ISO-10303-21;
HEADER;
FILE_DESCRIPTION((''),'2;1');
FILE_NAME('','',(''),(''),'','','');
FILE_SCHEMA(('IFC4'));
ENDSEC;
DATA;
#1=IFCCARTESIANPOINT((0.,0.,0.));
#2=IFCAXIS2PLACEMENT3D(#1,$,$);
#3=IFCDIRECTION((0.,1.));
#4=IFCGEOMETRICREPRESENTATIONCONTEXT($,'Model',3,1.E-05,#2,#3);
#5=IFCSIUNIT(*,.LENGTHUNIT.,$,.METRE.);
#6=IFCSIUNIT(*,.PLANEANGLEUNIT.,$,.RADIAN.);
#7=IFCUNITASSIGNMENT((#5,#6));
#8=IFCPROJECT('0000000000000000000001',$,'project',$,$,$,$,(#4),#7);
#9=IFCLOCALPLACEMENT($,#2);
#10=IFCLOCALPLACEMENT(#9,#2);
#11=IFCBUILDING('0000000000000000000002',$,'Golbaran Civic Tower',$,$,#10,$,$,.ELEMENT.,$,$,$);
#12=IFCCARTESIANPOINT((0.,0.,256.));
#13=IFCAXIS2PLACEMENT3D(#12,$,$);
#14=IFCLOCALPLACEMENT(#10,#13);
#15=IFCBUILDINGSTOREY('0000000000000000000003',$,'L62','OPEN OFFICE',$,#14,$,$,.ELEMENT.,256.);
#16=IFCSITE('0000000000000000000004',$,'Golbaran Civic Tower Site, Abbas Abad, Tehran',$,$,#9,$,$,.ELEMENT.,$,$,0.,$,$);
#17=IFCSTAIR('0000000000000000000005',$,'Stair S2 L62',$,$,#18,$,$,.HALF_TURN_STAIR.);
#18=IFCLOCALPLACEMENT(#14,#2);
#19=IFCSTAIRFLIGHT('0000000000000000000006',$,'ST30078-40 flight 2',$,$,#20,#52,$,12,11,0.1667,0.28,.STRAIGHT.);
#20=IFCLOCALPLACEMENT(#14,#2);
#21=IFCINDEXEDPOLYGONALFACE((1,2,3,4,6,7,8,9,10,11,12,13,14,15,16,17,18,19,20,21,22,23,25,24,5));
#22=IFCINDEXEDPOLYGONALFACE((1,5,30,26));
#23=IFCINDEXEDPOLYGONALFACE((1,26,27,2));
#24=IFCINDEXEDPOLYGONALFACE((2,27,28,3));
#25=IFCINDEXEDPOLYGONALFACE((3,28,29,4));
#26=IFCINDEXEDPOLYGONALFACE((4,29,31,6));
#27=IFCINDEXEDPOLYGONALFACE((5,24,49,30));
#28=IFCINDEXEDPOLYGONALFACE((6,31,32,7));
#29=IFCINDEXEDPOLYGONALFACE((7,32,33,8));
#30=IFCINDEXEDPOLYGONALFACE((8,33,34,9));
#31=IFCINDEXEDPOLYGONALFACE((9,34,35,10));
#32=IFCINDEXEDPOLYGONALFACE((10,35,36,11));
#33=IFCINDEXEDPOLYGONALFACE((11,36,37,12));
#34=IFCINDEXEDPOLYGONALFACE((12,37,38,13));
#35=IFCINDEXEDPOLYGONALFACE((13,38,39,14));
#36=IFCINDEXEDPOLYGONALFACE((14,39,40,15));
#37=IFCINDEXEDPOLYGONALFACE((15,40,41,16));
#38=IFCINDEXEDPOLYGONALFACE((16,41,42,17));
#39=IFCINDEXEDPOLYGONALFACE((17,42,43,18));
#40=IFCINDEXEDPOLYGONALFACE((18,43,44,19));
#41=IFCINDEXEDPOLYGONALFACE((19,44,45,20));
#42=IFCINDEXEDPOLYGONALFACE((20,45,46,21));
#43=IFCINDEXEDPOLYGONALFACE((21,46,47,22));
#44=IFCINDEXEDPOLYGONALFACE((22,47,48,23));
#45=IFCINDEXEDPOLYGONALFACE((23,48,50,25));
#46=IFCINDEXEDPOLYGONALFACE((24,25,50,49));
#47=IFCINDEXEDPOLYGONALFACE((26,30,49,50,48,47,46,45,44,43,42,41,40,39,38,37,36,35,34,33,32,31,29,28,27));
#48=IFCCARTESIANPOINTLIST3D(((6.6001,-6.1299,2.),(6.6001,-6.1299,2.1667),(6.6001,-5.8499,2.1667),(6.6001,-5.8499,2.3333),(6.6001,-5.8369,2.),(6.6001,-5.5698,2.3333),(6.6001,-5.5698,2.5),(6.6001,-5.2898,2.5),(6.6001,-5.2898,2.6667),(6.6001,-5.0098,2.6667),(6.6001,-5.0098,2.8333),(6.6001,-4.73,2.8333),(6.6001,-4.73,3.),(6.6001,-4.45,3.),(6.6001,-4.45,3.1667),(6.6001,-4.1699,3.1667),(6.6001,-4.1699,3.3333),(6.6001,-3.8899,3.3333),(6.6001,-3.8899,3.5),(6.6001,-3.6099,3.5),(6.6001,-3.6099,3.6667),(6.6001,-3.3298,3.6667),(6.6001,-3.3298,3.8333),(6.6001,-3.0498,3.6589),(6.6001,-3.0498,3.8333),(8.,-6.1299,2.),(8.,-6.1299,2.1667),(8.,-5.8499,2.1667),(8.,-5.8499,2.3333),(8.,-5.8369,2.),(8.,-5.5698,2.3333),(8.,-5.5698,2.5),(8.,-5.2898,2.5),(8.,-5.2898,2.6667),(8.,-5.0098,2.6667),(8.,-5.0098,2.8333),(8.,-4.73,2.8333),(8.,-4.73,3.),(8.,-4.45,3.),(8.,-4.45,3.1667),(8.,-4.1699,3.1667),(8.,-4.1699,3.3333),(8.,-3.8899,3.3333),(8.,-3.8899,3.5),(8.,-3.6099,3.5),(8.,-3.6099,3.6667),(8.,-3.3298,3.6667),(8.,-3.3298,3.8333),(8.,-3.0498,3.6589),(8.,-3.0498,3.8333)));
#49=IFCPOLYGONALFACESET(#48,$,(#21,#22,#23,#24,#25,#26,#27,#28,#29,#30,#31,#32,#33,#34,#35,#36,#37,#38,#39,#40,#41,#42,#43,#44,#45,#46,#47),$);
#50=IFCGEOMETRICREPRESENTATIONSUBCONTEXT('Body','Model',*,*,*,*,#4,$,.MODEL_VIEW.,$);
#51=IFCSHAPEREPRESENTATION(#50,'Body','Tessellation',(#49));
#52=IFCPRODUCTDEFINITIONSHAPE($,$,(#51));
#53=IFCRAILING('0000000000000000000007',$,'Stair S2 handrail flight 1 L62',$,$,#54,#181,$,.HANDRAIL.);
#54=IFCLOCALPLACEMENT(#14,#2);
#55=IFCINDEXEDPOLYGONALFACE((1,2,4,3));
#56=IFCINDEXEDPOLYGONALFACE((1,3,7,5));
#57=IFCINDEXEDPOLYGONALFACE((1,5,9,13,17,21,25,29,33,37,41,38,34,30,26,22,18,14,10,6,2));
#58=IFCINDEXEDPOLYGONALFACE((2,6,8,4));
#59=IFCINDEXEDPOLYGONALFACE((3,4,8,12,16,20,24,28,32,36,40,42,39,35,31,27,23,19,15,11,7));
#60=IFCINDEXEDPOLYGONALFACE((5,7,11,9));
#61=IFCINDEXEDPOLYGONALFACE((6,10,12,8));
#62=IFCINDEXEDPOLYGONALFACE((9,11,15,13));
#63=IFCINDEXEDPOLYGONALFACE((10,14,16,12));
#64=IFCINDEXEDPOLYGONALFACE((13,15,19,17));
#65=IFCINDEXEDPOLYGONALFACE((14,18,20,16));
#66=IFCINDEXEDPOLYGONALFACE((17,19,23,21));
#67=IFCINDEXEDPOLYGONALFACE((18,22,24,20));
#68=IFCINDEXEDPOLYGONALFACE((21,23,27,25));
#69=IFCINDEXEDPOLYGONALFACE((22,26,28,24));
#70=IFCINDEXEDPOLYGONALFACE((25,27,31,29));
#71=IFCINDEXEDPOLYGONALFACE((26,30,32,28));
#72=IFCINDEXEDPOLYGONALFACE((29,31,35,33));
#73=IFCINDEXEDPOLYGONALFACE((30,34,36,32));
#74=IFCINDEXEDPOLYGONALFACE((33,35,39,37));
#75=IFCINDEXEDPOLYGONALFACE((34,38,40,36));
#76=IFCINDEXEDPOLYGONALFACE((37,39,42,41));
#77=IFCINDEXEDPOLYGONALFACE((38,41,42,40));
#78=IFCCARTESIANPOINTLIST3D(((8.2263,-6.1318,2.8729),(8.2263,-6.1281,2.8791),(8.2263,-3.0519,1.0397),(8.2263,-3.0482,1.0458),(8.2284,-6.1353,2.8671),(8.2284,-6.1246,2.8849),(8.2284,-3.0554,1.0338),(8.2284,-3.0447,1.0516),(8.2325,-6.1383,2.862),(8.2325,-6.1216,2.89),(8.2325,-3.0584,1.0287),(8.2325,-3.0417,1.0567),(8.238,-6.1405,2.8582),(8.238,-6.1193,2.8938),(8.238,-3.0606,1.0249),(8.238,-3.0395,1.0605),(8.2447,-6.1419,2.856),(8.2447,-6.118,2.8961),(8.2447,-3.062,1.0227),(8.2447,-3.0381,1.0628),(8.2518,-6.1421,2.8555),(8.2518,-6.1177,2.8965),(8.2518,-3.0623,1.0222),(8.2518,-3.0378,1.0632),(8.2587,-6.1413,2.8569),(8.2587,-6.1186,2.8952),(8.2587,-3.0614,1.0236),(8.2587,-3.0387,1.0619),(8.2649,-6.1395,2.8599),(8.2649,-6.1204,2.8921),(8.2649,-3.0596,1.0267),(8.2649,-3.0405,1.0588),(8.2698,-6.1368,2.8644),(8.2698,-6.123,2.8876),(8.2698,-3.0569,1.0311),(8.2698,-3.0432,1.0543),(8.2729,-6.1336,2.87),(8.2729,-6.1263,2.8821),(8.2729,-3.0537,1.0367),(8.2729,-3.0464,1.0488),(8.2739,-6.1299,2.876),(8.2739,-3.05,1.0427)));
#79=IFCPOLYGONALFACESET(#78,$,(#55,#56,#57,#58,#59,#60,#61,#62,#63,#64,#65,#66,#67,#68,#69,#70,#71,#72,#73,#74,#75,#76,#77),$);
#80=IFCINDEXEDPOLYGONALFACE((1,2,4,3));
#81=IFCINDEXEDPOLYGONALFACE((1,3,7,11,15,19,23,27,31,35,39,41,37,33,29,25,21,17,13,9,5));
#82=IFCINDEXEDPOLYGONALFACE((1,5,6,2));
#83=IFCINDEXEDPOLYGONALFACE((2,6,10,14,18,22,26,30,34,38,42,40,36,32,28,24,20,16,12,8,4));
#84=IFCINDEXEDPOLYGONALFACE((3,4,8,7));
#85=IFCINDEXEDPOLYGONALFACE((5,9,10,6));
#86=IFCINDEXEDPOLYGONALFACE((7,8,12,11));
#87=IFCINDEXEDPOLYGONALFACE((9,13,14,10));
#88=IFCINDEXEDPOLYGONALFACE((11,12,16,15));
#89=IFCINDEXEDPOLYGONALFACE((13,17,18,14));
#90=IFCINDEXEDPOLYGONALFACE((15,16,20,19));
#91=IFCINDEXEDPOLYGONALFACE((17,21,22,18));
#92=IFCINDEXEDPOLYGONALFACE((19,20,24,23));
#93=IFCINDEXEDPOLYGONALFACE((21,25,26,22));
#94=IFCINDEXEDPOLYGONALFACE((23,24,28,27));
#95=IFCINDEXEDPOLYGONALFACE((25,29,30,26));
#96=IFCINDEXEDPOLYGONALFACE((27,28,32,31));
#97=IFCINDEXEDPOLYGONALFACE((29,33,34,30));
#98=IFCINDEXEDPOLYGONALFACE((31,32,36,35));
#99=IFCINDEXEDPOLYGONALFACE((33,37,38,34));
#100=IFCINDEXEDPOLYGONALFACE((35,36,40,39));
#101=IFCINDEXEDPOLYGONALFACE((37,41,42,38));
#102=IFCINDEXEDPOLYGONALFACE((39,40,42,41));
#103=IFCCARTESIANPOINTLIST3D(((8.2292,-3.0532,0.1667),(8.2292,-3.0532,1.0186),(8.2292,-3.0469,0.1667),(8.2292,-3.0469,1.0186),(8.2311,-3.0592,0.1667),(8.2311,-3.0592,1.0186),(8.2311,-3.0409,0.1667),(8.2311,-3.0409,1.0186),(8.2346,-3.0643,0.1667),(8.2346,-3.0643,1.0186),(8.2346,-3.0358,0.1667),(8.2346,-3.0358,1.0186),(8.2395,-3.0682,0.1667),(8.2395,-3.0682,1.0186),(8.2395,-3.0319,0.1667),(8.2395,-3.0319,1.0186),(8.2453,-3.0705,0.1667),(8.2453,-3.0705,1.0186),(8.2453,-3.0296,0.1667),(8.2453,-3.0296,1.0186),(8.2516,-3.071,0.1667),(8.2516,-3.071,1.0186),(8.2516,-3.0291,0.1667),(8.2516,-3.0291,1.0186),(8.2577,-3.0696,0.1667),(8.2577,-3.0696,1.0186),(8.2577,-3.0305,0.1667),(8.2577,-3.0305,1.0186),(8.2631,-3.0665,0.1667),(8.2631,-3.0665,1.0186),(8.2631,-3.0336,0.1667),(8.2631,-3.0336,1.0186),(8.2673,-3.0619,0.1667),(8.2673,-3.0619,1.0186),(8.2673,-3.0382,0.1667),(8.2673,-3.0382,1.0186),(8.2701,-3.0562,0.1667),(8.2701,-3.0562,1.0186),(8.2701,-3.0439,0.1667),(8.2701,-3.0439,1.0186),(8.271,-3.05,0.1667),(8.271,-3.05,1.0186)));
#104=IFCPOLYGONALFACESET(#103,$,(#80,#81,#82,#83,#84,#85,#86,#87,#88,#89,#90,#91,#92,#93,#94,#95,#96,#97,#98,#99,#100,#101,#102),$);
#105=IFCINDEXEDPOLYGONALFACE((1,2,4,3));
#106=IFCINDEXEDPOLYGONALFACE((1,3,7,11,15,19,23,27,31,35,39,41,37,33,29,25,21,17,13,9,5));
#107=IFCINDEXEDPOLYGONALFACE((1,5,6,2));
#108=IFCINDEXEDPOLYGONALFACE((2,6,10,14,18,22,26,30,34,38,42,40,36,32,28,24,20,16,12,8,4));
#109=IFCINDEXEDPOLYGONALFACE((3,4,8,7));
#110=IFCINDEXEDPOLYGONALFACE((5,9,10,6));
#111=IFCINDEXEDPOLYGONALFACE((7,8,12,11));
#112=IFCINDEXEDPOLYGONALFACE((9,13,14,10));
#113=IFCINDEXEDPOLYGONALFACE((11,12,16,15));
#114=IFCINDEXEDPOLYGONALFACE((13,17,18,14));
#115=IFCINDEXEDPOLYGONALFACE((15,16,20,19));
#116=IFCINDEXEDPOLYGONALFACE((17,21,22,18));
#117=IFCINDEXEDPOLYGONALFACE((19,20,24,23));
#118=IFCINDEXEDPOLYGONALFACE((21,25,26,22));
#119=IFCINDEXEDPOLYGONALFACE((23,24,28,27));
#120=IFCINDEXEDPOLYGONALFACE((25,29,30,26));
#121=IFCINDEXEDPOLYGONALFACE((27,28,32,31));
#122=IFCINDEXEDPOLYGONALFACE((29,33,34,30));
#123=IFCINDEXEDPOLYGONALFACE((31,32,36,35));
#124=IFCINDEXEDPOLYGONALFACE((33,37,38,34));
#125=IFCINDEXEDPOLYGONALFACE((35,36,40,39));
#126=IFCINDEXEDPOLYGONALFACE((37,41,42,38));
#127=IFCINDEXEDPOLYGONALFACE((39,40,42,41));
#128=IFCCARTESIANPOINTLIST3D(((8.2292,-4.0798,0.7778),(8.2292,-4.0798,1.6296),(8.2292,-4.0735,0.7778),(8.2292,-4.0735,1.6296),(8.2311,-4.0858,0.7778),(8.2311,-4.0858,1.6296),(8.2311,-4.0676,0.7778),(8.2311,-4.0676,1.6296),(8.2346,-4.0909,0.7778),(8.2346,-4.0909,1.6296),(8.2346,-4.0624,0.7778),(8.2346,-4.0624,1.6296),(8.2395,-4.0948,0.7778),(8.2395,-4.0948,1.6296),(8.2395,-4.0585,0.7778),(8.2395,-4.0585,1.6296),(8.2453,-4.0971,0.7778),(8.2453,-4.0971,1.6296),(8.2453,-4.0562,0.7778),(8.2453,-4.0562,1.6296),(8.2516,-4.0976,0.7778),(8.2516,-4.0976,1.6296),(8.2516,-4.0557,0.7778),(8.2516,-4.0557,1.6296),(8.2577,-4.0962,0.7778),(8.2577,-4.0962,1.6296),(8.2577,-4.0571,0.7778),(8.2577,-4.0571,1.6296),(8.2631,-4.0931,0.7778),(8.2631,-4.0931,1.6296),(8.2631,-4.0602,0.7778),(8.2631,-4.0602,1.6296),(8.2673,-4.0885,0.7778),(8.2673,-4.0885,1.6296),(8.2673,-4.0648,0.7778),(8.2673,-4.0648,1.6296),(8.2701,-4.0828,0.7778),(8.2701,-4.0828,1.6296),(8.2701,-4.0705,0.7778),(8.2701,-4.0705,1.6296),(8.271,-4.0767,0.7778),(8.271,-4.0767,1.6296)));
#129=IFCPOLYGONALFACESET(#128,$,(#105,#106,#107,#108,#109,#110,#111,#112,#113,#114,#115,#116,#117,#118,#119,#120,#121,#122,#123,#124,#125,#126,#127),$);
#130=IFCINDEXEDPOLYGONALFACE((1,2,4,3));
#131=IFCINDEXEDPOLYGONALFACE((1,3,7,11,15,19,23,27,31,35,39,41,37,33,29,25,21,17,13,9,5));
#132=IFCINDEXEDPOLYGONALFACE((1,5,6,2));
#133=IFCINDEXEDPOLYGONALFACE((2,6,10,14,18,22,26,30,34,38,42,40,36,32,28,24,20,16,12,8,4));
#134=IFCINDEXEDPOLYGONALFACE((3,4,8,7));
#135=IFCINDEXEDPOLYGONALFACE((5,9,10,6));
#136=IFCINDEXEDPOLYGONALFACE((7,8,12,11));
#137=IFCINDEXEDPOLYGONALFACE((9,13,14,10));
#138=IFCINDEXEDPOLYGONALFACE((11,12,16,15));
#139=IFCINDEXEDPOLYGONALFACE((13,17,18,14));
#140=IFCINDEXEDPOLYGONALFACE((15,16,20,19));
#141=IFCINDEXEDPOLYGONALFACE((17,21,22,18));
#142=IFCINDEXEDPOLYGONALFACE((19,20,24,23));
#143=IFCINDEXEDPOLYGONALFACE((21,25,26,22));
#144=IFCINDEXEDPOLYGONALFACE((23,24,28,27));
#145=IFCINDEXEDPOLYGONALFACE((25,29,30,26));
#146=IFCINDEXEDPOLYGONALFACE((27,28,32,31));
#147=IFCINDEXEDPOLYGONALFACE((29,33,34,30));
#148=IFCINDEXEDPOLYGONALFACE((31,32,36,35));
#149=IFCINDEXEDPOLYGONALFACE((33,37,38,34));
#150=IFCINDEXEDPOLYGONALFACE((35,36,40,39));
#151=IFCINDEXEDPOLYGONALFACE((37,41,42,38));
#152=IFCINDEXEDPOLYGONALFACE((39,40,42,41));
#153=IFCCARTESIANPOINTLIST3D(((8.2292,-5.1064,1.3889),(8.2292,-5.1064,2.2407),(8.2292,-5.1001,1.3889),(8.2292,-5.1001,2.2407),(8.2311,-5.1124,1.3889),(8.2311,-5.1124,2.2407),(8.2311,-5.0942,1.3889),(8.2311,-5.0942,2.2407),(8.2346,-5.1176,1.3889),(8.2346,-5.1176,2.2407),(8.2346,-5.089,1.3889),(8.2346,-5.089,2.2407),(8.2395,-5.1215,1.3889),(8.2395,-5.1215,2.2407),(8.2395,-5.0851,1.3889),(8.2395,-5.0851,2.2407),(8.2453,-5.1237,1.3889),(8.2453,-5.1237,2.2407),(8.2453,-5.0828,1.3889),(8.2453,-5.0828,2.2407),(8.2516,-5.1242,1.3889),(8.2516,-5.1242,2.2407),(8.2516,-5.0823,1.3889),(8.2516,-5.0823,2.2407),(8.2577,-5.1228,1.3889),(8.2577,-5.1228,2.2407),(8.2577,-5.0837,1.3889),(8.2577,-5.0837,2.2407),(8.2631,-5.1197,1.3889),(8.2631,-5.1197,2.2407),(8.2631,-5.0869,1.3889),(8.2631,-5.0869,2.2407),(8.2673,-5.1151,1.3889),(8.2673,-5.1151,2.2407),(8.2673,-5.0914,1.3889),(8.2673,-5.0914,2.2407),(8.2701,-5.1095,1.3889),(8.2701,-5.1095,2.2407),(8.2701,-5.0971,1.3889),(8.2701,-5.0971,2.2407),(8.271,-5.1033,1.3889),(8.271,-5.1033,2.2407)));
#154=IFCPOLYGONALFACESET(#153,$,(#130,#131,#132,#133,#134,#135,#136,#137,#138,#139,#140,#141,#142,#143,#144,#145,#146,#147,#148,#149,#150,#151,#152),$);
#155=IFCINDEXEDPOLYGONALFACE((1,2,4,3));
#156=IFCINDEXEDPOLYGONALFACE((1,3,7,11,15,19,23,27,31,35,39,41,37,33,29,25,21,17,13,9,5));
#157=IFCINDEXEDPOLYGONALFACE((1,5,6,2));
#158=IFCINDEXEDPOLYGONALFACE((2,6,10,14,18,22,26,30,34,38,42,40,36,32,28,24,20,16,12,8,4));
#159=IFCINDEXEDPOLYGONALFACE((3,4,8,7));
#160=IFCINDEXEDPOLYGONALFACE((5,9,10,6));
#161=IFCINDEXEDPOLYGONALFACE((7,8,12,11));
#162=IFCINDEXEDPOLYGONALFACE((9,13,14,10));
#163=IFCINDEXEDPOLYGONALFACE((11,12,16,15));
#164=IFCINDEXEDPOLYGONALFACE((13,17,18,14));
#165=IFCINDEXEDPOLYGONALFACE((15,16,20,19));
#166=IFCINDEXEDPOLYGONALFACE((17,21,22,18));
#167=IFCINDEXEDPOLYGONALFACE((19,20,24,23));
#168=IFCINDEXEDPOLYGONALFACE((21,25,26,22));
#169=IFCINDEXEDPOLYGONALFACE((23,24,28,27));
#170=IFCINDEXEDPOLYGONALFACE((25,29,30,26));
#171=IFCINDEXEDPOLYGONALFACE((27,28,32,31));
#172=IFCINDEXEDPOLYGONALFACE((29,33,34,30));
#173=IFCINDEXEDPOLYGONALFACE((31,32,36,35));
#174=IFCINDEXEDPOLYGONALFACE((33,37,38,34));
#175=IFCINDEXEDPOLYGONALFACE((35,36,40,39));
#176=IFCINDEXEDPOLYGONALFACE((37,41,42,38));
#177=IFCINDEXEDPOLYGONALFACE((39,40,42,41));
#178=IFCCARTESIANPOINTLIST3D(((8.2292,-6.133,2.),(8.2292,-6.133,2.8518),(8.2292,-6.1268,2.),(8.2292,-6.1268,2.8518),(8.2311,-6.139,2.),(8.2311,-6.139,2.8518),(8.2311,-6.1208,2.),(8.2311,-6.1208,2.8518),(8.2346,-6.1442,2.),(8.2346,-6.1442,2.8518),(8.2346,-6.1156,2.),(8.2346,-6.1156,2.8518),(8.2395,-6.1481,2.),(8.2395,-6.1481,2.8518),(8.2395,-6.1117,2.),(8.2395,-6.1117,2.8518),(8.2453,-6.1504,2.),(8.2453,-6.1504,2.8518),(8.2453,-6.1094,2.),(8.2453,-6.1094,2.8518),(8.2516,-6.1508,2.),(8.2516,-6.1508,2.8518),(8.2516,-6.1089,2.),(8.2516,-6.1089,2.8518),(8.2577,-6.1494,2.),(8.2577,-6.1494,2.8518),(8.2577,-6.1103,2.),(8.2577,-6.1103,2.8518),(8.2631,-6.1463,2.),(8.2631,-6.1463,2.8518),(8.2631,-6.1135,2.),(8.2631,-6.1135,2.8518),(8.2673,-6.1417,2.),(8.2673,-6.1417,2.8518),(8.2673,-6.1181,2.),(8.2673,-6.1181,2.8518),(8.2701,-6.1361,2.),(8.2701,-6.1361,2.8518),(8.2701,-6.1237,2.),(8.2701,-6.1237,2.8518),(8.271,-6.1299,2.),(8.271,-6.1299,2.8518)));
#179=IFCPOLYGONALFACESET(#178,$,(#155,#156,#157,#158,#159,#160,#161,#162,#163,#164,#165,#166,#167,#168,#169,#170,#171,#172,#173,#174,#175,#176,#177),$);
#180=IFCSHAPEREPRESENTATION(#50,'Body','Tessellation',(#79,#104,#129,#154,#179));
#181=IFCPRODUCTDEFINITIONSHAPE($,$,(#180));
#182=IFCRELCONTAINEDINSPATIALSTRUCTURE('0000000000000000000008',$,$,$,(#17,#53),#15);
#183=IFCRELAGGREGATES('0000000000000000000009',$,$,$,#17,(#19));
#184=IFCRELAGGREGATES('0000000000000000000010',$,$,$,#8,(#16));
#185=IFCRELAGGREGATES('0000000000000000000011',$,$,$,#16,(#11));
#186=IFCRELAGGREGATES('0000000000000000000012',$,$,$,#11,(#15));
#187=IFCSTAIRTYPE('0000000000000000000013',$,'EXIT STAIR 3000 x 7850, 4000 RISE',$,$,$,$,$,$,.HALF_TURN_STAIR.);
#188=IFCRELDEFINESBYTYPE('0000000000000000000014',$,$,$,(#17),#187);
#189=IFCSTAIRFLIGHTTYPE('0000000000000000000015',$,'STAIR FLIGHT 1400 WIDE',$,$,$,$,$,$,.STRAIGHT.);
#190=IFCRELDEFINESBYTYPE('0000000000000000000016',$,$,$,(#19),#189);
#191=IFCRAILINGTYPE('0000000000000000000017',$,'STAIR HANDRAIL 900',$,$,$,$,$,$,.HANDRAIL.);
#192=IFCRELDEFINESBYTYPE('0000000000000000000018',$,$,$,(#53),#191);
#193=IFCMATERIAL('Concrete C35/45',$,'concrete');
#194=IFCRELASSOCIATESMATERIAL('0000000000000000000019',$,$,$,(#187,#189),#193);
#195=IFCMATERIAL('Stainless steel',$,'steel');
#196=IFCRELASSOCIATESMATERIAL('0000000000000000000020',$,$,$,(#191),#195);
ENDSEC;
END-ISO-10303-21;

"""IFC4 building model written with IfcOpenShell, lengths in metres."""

from ifc_helpers import new_model, si_unit, direction, frame, origin, origin_2d, place, context, subcontext, project, spatial, polyline, circle, outline, extrude, material, type_object, element, aggregate, save


model = new_model("IFC4")

# Units and contexts
model_context = context("Model", 3, precision=1e-05, world=origin(), true_north=direction((0.0, 1.0)))
body_context = subcontext(model_context, "Body", "Model", "MODEL_VIEW")
ifc_project = project(units=[si_unit("LENGTHUNIT", "METRE"), si_unit("PLANEANGLEUNIT", "RADIAN")], contexts=[model_context])

# Site, building, storey
site_placement = place(None, origin())
site = spatial("IfcSite", under=ifc_project, at=site_placement, Name="Golbaran Civic Tower Site, Abbas Abad, Tehran", CompositionType="ELEMENT", RefElevation=0.0)
building_placement = place(site_placement, origin())
building = spatial("IfcBuilding", under=site, at=building_placement, Name="Golbaran Civic Tower", CompositionType="ELEMENT")
storey_placement = place(building_placement, frame((0.0, 0.0, 256.0)))
storey = spatial("IfcBuildingStorey", under=building, at=storey_placement, Name="L62", Description="OPEN OFFICE", CompositionType="ELEMENT", Elevation=256.0)

# Shared definitions
ifc_material_1 = material(Name="Concrete C35/45", Category="concrete")

# Shared definitions
stair_type = type_object("IfcStairType", Name="EXIT STAIR 3000 x 7850, 4000 RISE", PredefinedType="HALF_TURN_STAIR", material=ifc_material_1)

# Shared definitions
ifc_material_2 = material(Name="Stainless steel", Category="steel")

# Stair, stair flight
stair_1_placement = place(storey_placement, origin())
stair_1 = element("IfcStair", 1, at=stair_1_placement, inside=storey, type_object=stair_type, Name="Stair S2 L62", PredefinedType="HALF_TURN_STAIR")
stair_flight_type = type_object("IfcStairFlightType", Name="STAIR FLIGHT 1400 WIDE", PredefinedType="STRAIGHT", material=ifc_material_1)
stair_flight_1_placement = place(storey_placement, frame((7.3, -6.1299, 2.0), z_axis=(0.0, 0.0, 1.0), x_axis=(0.0, 1.0, 0.0)))
stair_flight_1 = element("IfcStairFlight", 2, at=stair_flight_1_placement, type_object=stair_flight_type, Name="ST30078-40 flight 2", NumberOfRisers=12, NumberOfTreads=11, PredefinedType="STRAIGHT", RiserHeight=0.1667, TreadLength=0.28, context=body_context, shape_type="SweptSolid", body=[
    extrude(outline(polyline([(0.0, 0.0), (0.0, 0.1667), (0.28, 0.1667), (0.28, 0.3333), (0.5601, 0.3333), (0.5601, 0.5), (0.8401, 0.5), (0.8401, 0.6667), (1.1201, 0.6667), (1.1201, 0.8333), (1.3999, 0.8333), (1.3999, 1.0), (1.6799, 1.0), (1.6799, 1.1667), (1.96, 1.1667), (1.96, 1.3333), (2.24, 1.3333), (2.24, 1.5), (2.52, 1.5), (2.52, 1.6667), (2.8, 1.6667), (2.8, 1.8333), (3.0801, 1.8333), (3.0801, 2.0), (3.0801, 1.6589), (0.293, 0.0), (0.0, 0.0)])), frame((0.0, 0.7, 0.0), z_axis=(0.0, -1.0, 0.0), x_axis=(1.0, 0.0, 0.0)), (0.0, 0.0, 1.0), 1.3999),
])
aggregate(stair_1, [stair_flight_1])

# Railing
railing_type = type_object("IfcRailingType", Name="STAIR HANDRAIL 900", PredefinedType="HANDRAIL", material=ifc_material_2)
railing_1_placement = place(storey_placement, frame((8.25, -3.05, 0.1667)))
element("IfcRailing", 3, at=railing_1_placement, inside=storey, type_object=railing_type, Name="Stair S2 handrail flight 1 L62", PredefinedType="HANDRAIL", context=body_context, shape_type="SweptSolid", body=[
    extrude(circle(Radius=0.0239, at=origin_2d()), frame((0.0, 0.0, 0.876), z_axis=(0.0, -0.859291, 0.511487), x_axis=(1.0, 0.0, 0.0)), (0.0, 0.0, 1.0), 3.5842),
    extrude(circle(Radius=0.021, at=origin_2d()), origin(), (0.0, 0.0, 1.0), 0.8518),
    extrude(circle(Radius=0.021, at=origin_2d()), frame((0.0, -1.0266, 0.6111)), (0.0, 0.0, 1.0), 0.8518),
    extrude(circle(Radius=0.021, at=origin_2d()), frame((0.0, -2.0532, 1.2222)), (0.0, 0.0, 1.0), 0.8518),
    extrude(circle(Radius=0.021, at=origin_2d()), frame((0.0, -3.0798, 1.8333)), (0.0, 0.0, 1.0), 0.8518),
])

save(model, "model.ifc")
